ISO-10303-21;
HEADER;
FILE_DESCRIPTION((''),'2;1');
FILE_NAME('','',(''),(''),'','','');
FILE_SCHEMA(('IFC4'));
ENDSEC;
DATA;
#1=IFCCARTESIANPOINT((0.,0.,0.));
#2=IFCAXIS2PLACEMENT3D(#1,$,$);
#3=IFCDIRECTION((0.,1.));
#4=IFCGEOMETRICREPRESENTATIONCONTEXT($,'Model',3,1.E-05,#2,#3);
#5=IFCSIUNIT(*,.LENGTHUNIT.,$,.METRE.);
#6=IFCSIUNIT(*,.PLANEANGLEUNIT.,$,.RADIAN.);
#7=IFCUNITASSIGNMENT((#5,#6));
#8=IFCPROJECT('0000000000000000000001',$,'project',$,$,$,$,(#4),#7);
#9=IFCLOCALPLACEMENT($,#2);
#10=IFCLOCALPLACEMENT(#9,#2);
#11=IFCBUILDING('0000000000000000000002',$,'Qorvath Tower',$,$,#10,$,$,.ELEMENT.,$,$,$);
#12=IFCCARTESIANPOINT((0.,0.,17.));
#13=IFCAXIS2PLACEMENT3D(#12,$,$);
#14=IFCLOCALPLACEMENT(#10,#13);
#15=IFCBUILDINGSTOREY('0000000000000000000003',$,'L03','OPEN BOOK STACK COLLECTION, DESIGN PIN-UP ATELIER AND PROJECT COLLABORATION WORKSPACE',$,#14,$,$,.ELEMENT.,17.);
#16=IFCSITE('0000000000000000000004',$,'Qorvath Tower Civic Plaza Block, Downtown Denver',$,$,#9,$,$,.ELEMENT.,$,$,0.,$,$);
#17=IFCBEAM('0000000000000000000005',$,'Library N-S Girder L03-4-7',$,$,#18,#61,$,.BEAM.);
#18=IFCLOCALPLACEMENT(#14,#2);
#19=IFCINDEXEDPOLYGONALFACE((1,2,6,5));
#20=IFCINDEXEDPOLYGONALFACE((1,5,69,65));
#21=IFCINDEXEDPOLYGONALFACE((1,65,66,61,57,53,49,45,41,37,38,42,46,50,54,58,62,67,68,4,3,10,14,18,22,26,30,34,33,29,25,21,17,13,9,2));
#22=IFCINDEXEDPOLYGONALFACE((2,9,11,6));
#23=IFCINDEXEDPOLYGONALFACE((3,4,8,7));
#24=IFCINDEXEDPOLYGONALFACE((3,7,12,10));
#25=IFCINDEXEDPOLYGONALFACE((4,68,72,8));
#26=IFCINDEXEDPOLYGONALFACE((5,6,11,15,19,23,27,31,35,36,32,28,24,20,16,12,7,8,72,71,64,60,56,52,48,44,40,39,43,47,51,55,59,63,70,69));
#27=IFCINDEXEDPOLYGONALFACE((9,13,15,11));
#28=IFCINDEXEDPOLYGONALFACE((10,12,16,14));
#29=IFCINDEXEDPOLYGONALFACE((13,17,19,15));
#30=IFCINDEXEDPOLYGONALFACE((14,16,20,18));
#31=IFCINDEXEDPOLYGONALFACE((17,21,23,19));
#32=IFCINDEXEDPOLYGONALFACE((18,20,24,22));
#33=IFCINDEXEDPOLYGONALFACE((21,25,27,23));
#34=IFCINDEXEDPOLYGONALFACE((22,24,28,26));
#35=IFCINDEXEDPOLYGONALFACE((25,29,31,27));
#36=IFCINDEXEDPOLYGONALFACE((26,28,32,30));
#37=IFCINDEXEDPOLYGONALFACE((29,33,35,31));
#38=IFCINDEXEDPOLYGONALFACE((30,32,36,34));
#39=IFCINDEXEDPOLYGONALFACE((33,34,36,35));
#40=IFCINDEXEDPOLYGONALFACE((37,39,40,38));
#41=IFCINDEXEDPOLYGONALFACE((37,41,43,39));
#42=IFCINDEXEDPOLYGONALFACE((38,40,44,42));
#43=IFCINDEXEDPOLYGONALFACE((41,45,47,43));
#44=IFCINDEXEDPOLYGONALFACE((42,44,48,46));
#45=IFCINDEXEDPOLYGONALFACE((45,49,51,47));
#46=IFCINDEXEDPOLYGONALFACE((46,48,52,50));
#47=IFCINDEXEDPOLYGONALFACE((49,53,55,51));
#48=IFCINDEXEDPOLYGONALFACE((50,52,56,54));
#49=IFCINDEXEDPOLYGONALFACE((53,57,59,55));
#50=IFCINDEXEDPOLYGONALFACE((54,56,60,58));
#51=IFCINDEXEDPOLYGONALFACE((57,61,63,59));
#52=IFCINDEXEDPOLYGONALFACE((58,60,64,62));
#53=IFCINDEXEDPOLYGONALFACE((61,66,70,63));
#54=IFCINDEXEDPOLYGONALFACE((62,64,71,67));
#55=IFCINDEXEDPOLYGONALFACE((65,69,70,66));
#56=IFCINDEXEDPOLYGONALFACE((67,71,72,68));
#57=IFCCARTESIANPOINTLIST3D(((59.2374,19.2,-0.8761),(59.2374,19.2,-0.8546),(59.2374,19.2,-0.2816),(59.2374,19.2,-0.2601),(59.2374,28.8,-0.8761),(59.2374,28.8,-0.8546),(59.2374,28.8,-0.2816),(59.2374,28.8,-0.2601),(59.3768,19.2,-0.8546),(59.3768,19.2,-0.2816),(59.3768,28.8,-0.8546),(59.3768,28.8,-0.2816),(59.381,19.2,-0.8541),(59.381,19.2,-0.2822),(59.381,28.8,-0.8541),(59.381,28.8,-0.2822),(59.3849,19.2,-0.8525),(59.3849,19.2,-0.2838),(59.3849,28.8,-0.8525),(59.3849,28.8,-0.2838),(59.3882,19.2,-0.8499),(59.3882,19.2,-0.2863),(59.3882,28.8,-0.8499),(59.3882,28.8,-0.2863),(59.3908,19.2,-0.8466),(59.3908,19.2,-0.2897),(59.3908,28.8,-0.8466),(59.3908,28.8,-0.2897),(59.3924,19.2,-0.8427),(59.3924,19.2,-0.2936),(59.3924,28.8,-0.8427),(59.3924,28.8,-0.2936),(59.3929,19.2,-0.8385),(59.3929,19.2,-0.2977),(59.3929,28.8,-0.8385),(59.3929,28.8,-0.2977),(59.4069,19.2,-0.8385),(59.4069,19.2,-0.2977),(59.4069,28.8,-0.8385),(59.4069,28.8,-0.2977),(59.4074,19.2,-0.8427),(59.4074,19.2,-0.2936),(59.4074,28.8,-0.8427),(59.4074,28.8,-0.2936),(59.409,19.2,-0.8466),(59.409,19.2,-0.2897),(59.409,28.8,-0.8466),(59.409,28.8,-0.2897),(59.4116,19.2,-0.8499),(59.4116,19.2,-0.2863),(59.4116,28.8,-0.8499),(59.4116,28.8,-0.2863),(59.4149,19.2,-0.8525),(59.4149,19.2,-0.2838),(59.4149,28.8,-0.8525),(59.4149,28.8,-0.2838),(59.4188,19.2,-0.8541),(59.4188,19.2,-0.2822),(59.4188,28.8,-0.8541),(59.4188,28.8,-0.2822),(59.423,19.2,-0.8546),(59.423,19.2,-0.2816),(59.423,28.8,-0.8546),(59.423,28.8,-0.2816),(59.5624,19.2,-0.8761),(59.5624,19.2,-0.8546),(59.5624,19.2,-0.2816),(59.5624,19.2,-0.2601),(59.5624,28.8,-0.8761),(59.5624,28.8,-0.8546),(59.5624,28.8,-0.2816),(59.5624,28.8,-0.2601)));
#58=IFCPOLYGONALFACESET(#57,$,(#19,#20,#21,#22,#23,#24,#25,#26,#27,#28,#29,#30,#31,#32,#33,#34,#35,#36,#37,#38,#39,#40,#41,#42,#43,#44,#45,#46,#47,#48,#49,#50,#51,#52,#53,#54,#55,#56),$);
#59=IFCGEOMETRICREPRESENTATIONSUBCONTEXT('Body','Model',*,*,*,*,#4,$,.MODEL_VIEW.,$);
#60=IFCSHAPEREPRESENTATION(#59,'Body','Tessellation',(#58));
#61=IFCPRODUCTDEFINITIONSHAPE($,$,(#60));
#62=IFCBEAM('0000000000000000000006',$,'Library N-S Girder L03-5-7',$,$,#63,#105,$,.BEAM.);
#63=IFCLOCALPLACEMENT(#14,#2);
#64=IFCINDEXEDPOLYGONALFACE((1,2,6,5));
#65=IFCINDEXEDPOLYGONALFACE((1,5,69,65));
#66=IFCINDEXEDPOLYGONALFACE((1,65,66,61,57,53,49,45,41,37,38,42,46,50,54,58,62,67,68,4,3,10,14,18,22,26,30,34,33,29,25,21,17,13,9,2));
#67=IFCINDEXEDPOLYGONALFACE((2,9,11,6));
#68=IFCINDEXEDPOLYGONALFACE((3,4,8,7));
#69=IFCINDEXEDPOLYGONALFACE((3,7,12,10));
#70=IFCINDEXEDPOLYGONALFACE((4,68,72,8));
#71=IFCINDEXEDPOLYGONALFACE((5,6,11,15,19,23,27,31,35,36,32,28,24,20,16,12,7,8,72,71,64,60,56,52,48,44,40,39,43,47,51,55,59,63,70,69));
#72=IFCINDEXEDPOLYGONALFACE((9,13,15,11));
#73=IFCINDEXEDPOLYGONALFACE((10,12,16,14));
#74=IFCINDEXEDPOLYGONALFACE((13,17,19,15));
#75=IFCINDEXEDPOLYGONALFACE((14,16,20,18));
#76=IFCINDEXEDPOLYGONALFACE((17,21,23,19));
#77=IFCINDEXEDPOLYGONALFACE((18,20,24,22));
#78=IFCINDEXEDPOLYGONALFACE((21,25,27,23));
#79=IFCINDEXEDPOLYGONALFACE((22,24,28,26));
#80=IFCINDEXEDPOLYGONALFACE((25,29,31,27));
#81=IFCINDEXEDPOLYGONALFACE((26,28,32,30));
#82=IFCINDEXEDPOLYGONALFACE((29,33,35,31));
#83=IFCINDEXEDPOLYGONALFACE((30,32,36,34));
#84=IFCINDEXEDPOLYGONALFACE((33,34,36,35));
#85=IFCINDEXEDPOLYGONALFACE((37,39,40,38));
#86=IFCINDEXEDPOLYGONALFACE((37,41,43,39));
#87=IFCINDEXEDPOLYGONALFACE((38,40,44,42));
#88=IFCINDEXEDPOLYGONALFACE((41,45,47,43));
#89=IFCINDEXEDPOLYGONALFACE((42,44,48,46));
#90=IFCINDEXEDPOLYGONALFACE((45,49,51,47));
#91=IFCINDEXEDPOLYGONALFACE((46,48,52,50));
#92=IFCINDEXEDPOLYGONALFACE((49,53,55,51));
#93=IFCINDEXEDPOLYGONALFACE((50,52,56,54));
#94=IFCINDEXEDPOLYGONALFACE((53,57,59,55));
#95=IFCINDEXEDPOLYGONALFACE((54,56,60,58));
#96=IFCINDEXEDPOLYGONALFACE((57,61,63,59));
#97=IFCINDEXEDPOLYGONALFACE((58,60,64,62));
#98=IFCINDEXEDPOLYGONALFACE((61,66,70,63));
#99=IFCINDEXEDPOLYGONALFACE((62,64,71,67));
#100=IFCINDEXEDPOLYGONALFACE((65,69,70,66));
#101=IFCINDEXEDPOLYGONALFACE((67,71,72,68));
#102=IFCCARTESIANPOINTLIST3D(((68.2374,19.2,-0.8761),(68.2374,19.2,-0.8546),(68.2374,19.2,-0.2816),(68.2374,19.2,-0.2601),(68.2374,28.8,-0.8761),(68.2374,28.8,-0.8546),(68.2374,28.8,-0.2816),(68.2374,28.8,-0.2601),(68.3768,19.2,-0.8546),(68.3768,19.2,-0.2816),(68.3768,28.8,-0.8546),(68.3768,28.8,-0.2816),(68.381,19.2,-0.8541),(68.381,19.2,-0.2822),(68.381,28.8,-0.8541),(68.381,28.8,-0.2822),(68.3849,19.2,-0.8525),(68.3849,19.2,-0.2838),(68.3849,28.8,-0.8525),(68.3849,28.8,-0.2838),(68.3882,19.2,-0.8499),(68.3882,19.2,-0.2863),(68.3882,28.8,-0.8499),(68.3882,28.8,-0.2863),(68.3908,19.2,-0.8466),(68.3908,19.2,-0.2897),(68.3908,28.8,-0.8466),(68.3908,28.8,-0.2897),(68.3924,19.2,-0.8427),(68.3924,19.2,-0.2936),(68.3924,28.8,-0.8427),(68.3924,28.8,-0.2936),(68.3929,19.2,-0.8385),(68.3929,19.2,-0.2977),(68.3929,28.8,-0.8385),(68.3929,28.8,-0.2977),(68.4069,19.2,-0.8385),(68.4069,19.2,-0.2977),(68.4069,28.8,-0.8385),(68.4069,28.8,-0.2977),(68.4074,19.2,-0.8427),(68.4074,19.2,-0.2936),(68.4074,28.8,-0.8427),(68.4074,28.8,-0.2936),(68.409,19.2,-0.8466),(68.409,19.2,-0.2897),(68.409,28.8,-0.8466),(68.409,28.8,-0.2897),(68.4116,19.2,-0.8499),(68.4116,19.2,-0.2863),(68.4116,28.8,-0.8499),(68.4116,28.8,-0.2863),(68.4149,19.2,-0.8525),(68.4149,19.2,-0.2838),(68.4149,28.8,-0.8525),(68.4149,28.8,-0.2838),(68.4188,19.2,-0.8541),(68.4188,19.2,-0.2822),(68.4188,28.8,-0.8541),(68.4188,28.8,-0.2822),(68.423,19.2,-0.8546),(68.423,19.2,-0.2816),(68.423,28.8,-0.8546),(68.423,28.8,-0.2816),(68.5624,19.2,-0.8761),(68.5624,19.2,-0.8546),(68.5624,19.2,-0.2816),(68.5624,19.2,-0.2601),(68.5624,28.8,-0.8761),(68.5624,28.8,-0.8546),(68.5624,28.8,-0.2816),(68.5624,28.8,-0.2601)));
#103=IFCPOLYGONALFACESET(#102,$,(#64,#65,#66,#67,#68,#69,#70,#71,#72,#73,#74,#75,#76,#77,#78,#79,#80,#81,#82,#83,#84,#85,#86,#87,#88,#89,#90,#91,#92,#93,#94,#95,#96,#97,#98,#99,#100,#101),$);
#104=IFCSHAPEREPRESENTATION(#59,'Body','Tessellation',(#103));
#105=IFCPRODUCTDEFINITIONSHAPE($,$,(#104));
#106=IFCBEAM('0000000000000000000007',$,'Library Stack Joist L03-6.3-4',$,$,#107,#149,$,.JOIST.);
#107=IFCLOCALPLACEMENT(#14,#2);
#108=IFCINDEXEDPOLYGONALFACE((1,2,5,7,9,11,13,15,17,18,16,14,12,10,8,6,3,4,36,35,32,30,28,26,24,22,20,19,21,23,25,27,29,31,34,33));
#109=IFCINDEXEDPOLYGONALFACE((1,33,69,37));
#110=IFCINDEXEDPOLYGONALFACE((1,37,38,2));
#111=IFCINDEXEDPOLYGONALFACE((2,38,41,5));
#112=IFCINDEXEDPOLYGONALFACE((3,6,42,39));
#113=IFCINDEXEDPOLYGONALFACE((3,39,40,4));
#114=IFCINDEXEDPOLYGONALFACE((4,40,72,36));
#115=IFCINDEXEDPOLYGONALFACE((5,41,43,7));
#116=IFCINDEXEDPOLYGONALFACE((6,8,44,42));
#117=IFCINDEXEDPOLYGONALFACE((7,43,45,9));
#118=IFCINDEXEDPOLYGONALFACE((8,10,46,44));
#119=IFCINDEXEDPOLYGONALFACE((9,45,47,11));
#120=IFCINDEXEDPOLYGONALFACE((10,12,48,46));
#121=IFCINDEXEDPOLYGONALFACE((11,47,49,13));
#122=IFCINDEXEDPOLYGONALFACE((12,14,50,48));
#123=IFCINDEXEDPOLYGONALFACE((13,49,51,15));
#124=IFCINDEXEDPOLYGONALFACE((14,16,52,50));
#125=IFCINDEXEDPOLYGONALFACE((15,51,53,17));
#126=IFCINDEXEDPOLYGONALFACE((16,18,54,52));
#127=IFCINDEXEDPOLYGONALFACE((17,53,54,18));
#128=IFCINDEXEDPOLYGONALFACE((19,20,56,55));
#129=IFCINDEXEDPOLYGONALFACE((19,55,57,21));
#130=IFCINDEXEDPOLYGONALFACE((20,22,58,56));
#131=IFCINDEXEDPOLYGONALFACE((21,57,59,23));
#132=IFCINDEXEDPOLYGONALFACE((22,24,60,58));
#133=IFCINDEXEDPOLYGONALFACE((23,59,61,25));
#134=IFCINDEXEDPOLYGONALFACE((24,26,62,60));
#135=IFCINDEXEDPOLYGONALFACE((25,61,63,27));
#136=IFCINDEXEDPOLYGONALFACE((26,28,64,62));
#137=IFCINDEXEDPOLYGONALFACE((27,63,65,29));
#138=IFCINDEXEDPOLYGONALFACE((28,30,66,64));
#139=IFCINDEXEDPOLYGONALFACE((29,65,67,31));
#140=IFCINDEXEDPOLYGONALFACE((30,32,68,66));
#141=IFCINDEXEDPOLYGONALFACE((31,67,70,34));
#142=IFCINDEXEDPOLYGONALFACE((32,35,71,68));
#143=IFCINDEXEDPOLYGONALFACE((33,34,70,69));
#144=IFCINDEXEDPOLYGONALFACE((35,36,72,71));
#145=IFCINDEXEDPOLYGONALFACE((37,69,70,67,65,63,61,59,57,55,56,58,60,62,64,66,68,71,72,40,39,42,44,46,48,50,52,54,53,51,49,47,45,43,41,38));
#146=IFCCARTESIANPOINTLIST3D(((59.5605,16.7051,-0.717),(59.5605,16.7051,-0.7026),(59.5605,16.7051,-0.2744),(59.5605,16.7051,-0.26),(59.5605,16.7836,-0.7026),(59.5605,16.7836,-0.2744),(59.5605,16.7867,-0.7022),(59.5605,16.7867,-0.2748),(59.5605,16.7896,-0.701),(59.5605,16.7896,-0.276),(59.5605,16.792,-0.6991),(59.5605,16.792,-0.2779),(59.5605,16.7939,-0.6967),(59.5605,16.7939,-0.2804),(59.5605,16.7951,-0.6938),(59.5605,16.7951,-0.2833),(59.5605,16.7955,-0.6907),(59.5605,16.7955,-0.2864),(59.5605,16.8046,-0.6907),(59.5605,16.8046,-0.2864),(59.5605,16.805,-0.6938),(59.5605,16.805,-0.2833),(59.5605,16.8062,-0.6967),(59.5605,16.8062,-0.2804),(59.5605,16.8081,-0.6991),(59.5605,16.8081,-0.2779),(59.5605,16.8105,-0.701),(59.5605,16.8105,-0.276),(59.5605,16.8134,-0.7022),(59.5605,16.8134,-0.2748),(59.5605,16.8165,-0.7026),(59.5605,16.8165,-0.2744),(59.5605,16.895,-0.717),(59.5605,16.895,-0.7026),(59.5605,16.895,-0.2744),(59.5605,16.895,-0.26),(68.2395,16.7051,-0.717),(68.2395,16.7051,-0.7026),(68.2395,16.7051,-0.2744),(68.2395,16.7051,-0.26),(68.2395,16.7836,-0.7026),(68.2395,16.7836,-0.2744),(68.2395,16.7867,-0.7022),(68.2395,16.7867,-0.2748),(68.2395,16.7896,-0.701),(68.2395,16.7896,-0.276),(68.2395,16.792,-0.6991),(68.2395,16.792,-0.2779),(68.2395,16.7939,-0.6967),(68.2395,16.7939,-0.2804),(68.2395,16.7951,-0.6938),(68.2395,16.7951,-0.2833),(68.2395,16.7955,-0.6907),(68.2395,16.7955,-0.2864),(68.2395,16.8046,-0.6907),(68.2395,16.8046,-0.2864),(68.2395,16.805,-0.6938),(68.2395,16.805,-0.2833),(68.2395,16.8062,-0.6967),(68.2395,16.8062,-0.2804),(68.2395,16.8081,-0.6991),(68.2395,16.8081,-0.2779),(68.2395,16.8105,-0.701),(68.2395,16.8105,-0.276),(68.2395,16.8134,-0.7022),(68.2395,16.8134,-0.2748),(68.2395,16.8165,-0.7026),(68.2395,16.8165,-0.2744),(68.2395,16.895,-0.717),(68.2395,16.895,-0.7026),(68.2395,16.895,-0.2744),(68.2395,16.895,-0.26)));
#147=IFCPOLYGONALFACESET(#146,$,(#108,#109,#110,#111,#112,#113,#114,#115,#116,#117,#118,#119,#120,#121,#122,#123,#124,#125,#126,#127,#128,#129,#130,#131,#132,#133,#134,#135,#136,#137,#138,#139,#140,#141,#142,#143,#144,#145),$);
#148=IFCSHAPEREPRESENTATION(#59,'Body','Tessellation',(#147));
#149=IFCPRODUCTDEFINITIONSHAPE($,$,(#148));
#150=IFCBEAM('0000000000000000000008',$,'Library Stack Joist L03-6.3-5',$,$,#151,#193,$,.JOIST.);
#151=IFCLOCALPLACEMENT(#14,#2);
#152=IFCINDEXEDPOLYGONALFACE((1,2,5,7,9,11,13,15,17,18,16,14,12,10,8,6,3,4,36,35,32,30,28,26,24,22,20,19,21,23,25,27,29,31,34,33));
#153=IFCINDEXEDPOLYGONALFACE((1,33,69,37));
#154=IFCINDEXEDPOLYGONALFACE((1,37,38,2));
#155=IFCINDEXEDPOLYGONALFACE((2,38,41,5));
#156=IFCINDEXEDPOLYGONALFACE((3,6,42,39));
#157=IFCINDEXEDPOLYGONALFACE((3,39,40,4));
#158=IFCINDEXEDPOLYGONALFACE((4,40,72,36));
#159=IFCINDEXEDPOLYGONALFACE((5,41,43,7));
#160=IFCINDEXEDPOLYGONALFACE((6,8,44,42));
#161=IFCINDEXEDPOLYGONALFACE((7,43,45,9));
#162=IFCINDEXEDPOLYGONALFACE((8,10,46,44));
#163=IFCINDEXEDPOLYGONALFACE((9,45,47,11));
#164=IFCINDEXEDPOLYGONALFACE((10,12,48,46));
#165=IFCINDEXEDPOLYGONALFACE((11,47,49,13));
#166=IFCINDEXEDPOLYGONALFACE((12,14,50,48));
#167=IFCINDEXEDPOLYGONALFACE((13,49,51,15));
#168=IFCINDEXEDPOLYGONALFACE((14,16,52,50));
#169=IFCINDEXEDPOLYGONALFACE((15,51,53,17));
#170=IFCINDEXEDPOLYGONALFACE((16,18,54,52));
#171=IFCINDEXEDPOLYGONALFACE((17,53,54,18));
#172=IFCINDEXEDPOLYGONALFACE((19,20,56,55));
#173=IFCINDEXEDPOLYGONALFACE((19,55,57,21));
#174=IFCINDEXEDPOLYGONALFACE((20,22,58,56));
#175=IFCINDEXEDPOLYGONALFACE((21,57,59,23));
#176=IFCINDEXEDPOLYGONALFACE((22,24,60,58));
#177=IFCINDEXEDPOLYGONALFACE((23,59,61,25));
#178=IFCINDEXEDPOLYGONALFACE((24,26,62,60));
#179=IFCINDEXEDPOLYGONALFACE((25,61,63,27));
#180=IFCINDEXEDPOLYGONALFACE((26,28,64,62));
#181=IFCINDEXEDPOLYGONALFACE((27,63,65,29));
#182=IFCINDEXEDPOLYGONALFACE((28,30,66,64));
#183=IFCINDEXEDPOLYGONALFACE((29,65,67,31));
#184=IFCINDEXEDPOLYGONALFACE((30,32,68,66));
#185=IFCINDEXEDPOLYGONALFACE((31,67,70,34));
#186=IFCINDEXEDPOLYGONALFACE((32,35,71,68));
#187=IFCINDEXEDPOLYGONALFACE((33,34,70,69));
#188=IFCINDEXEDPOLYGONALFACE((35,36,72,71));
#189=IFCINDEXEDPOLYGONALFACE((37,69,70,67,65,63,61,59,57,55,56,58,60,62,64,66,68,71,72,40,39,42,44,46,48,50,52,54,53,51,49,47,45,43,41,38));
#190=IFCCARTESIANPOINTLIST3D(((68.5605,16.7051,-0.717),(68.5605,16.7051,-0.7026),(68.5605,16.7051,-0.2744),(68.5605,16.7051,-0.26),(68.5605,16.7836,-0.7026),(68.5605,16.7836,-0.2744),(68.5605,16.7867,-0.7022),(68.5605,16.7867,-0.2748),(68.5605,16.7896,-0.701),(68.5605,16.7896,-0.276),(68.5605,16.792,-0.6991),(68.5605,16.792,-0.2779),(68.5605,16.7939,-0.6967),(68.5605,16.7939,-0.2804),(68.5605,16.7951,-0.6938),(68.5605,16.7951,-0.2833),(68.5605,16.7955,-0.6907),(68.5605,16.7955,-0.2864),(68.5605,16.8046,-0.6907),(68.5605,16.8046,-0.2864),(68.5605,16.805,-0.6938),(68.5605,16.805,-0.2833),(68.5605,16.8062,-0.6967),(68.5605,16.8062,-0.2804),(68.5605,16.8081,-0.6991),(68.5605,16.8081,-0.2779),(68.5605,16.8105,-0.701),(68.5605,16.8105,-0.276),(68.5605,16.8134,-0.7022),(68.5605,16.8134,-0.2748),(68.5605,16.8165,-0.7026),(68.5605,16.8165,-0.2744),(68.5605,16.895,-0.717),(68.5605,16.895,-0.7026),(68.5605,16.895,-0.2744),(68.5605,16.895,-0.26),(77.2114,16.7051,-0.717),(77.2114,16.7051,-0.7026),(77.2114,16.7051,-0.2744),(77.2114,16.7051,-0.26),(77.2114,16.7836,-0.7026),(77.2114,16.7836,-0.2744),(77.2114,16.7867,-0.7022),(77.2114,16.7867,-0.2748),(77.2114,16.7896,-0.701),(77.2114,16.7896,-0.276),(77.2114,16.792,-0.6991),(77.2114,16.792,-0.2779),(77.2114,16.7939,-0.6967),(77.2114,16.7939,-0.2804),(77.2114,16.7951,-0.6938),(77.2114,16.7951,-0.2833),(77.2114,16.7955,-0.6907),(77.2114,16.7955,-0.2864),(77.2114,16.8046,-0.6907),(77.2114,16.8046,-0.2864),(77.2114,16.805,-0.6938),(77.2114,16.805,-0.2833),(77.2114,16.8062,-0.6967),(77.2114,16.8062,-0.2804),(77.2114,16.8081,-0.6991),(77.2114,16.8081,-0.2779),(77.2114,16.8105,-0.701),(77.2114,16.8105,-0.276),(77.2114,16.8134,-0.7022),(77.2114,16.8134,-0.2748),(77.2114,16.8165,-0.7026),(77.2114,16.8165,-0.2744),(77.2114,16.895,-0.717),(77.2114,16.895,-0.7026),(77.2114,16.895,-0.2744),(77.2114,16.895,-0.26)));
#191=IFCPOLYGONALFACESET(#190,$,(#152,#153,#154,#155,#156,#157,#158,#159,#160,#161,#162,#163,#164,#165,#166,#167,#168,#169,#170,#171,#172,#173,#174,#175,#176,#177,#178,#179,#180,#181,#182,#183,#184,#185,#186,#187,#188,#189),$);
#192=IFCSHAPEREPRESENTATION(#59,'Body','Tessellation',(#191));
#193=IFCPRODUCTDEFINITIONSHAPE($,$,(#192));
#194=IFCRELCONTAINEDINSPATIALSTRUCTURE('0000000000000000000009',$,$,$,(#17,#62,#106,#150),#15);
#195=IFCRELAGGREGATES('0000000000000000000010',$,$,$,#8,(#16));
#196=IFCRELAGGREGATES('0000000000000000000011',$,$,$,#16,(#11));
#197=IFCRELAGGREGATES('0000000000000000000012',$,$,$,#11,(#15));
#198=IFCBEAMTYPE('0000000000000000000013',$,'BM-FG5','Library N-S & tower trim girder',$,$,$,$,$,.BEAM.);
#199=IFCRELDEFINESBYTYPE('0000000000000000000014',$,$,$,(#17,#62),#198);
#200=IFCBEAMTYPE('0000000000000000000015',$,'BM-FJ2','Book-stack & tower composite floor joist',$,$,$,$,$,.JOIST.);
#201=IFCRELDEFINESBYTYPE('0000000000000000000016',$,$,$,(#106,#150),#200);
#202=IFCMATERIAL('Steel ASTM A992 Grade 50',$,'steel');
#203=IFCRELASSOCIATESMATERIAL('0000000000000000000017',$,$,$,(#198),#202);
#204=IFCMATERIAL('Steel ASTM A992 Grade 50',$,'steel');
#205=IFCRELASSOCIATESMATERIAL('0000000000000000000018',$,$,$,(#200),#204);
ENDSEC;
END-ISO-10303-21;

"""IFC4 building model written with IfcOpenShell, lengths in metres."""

from ifc_helpers import new_model, si_unit, direction, frame, origin, origin_2d, place, context, subcontext, project, spatial, i_section, extrude, material, material_profile, profile_set, type_object, element, save


model = new_model("IFC4")

# Units and contexts
model_context = context("Model", 3, precision=1e-05, world=origin(), true_north=direction((0.0, 1.0)))
body_context = subcontext(model_context, "Body", "Model", "MODEL_VIEW")
ifc_project = project(units=[si_unit("LENGTHUNIT", "METRE"), si_unit("PLANEANGLEUNIT", "RADIAN")], contexts=[model_context])

# Site, building, storey
site_placement = place(None, origin())
site = spatial("IfcSite", under=ifc_project, at=site_placement, Name="Qorvath Tower Civic Plaza Block, Downtown Denver", CompositionType="ELEMENT", RefElevation=0.0)
building_placement = place(site_placement, origin())
building = spatial("IfcBuilding", under=site, at=building_placement, Name="Qorvath Tower", CompositionType="ELEMENT")
storey_placement = place(building_placement, frame((0.0, 0.0, 17.0)))
storey = spatial("IfcBuildingStorey", under=building, at=storey_placement, Name="L03", Description="OPEN BOOK STACK COLLECTION, DESIGN PIN-UP ATELIER AND PROJECT COLLABORATION WORKSPACE", CompositionType="ELEMENT", Elevation=17.0)

# Beams
ifc_material_1 = material(Name="Steel ASTM A992 Grade 50", Category="steel")
ifc_material_profile_1 = material_profile(ifc_material_1, i_section(OverallWidth=0.325, OverallDepth=0.616, WebThickness=0.0139, FlangeThickness=0.0215, FilletRadius=0.0161, at=origin_2d()), Name="W24x117")
ifc_profile_set_1 = profile_set([ifc_material_profile_1], Name="Steel ASTM A992 Grade 50")
beam_type_1 = type_object("IfcBeamType", Name="BM-FG5", Description="Library N-S & tower trim girder", PredefinedType="BEAM", material=ifc_profile_set_1)
for number, where, z_axis, x_axis, name in (
    (1, (59.3999, 19.2, -0.5681), (0.0, 1.0, 0.0), (-1.0, 0.0, 0.0), "Library N-S Girder L03-4-7"),
    (2, (68.3999, 19.2, -0.5681), (0.0, 1.0, 0.0), (-1.0, 0.0, 0.0), "Library N-S Girder L03-5-7"),
):
    element("IfcBeam", number, at=place(storey_placement, frame(where, z_axis=z_axis, x_axis=x_axis)), inside=storey, type_object=beam_type_1, Name=name, PredefinedType="BEAM", context=body_context, shape_type="SweptSolid", body=[
        extrude(i_section(OverallWidth=0.325, OverallDepth=0.616, WebThickness=0.0139, FlangeThickness=0.0215, FilletRadius=0.0161, at=origin_2d()), origin(), (0.0, 0.0, 1.0), 9.6001),
    ])
ifc_material_2 = material(Name="Steel ASTM A992 Grade 50", Category="steel")
ifc_material_profile_2 = material_profile(ifc_material_2, i_section(OverallWidth=0.1899, OverallDepth=0.457, WebThickness=0.009, FlangeThickness=0.0144, FilletRadius=0.012, at=origin_2d()), Name="W18x50")
ifc_profile_set_2 = profile_set([ifc_material_profile_2], Name="Steel ASTM A992 Grade 50")
beam_type_2 = type_object("IfcBeamType", Name="BM-FJ2", Description="Book-stack & tower composite floor joist", PredefinedType="JOIST", material=ifc_profile_set_2)
beam_1_placement = place(storey_placement, frame((59.5605, 16.8, -0.4885), z_axis=(1.0, 0.0, 0.0), x_axis=(0.0, 1.0, 0.0)))
element("IfcBeam", 3, at=beam_1_placement, inside=storey, type_object=beam_type_2, Name="Library Stack Joist L03-6.3-4", PredefinedType="JOIST", context=body_context, shape_type="SweptSolid", body=[
    extrude(i_section(OverallWidth=0.1899, OverallDepth=0.457, WebThickness=0.009, FlangeThickness=0.0144, FilletRadius=0.012, at=origin_2d()), origin(), (0.0, 0.0, 1.0), 8.679),
])
beam_2_placement = place(storey_placement, frame((68.5605, 16.8, -0.4885), z_axis=(1.0, 0.0, 0.0), x_axis=(0.0, 1.0, 0.0)))
element("IfcBeam", 4, at=beam_2_placement, inside=storey, type_object=beam_type_2, Name="Library Stack Joist L03-6.3-5", PredefinedType="JOIST", context=body_context, shape_type="SweptSolid", body=[
    extrude(i_section(OverallWidth=0.1899, OverallDepth=0.457, WebThickness=0.009, FlangeThickness=0.0144, FilletRadius=0.012, at=origin_2d()), origin(), (0.0, 0.0, 1.0), 8.6509),
])

save(model, "model.ifc")
